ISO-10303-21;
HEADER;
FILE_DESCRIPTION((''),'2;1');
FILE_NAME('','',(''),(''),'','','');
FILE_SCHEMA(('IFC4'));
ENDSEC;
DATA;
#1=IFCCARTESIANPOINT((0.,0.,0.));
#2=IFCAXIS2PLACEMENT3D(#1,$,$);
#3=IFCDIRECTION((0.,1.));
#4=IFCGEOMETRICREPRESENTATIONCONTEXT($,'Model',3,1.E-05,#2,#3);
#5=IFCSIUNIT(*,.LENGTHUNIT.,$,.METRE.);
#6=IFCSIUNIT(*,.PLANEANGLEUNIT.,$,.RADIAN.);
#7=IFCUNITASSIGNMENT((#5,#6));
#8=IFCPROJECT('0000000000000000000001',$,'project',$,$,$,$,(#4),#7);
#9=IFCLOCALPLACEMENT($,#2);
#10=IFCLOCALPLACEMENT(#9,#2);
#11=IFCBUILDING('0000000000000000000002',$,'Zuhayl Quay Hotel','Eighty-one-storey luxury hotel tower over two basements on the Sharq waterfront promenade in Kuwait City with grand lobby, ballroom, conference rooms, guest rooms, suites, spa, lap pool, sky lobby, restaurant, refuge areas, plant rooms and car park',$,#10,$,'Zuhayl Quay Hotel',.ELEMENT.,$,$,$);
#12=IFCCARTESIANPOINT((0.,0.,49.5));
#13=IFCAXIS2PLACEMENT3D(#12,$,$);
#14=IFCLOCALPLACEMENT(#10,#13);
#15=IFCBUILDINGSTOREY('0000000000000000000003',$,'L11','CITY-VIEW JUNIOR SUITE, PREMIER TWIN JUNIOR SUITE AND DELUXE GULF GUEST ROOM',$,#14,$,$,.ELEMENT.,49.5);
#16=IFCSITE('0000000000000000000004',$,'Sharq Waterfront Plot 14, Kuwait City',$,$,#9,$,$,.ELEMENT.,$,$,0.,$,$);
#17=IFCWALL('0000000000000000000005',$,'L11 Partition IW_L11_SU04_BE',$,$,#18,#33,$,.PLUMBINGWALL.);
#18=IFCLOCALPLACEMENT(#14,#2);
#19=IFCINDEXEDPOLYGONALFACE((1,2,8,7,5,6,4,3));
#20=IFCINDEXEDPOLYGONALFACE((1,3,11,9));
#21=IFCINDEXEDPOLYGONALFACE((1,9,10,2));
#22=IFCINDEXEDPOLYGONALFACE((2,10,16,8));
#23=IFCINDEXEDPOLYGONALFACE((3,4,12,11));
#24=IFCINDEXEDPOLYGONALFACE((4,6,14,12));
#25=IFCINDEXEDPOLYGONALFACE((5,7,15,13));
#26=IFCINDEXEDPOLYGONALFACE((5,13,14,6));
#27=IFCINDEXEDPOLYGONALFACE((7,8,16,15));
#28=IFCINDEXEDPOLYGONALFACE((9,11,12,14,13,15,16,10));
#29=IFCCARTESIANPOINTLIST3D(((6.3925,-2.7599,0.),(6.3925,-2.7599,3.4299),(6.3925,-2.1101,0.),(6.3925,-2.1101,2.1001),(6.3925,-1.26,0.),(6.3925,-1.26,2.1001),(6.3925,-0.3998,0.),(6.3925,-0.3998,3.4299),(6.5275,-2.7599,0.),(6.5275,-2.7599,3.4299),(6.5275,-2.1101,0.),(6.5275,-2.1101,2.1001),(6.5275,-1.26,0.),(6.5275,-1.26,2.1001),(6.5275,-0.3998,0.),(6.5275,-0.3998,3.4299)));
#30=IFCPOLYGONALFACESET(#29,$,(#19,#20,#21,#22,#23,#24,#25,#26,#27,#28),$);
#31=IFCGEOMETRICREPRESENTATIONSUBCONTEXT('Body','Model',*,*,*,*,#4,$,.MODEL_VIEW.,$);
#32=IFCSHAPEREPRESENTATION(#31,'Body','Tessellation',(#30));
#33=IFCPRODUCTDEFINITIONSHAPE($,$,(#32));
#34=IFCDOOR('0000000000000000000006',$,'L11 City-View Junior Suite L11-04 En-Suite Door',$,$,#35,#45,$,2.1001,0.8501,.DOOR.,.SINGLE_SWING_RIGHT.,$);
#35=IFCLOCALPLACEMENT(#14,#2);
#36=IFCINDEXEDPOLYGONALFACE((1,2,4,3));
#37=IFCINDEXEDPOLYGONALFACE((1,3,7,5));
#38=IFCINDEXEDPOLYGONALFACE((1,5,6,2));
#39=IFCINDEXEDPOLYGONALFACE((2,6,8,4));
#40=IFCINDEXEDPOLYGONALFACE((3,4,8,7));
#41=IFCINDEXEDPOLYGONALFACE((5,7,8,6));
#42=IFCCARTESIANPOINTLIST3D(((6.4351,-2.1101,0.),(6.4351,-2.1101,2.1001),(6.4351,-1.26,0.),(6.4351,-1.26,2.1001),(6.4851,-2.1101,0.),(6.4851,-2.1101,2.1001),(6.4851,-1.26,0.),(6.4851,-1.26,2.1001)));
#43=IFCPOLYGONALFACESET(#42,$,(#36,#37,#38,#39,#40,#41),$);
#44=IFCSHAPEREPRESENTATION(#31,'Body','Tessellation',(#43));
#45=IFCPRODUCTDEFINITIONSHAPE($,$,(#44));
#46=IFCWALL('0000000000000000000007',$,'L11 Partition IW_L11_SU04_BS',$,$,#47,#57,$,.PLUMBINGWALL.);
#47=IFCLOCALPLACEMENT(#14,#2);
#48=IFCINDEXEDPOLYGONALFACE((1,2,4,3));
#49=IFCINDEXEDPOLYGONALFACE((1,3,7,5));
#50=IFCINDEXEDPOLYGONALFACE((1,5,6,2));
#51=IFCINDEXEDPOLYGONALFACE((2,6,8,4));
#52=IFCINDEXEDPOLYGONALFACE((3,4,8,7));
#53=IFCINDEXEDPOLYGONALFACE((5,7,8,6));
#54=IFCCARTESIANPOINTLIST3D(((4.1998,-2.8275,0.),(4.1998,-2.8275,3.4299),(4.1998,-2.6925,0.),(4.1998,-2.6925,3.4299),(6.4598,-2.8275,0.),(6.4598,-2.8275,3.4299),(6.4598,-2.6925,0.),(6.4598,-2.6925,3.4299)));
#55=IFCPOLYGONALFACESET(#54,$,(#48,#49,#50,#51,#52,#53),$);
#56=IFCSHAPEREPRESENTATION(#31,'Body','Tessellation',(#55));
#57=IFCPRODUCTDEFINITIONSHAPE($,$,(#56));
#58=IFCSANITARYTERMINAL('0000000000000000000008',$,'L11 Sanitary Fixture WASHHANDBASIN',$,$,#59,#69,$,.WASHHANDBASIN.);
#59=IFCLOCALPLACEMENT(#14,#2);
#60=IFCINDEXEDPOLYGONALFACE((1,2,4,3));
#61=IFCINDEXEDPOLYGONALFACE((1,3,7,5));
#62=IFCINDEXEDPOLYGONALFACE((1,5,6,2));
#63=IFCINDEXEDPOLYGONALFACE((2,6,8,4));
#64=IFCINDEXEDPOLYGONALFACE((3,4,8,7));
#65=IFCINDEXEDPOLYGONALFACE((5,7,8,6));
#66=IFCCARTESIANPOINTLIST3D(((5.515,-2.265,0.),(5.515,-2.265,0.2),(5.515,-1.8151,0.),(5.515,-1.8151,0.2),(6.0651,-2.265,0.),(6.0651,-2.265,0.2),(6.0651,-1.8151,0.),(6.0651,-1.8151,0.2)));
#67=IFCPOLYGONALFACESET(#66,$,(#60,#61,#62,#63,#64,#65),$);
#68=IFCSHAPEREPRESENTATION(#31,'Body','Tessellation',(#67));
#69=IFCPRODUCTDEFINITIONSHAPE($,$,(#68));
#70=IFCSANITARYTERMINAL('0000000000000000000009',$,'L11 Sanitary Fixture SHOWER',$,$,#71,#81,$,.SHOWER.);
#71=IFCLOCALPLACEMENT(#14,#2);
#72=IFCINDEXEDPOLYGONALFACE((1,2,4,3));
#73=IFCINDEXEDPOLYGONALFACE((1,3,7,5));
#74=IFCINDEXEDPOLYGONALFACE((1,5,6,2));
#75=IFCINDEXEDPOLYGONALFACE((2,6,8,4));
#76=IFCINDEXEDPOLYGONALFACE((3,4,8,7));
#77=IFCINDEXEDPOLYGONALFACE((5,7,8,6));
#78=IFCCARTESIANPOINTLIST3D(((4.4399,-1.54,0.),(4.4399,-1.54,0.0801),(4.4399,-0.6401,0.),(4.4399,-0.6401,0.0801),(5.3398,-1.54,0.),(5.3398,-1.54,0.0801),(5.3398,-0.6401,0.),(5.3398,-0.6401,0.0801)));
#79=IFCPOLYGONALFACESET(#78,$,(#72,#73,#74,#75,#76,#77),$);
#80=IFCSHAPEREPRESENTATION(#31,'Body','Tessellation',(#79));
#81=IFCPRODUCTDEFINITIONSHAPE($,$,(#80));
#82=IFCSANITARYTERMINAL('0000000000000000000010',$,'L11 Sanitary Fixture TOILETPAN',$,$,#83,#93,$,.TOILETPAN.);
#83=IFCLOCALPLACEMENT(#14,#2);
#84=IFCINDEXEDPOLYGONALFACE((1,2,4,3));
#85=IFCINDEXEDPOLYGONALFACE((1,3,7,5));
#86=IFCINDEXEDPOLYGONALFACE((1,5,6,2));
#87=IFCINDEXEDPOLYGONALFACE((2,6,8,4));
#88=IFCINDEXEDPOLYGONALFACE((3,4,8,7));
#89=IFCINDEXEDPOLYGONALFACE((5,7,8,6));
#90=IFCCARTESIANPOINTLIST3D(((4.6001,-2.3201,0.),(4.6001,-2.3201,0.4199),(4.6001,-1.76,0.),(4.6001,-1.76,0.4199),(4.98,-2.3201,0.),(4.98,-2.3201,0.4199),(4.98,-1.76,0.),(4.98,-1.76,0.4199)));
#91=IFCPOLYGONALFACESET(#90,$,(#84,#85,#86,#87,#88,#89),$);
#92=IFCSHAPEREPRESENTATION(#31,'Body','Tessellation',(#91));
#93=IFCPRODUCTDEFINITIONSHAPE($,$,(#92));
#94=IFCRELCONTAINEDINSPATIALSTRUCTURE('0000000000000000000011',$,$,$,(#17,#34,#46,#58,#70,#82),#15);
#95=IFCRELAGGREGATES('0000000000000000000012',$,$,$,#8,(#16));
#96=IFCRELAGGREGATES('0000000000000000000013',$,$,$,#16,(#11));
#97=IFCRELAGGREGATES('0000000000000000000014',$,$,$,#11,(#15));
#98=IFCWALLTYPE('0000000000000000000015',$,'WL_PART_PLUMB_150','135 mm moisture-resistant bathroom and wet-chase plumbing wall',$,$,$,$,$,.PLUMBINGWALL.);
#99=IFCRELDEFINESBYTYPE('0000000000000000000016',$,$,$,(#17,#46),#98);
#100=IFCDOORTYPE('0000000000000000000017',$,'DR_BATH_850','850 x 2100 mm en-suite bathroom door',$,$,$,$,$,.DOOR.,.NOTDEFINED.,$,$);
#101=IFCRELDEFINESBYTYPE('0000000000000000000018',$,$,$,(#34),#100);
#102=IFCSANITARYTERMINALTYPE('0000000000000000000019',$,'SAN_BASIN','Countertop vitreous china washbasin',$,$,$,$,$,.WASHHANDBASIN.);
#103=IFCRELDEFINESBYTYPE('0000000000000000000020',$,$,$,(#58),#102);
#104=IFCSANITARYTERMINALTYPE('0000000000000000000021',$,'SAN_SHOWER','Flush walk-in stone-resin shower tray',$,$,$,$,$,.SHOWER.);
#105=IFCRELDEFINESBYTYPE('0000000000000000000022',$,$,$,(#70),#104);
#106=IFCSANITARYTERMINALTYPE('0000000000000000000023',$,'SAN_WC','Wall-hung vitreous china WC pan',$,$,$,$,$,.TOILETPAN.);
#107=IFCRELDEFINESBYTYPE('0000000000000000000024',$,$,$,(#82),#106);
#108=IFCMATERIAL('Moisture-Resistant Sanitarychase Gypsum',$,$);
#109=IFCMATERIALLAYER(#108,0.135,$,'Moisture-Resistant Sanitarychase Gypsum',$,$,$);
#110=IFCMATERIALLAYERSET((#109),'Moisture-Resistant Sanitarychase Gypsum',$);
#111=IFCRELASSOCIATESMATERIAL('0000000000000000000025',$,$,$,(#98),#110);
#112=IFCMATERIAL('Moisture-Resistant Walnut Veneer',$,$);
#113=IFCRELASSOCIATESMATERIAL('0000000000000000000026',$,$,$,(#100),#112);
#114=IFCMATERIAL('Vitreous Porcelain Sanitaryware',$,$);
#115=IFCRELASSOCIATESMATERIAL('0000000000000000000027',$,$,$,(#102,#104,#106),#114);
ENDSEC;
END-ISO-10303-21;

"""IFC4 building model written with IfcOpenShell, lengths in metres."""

from ifc_helpers import new_model, si_unit, direction, frame, frame_2d, origin, origin_2d, place, context, subcontext, project, spatial, rectangle, extrude, material, layer, layer_set, type_object, element, fill, save


model = new_model("IFC4")

# Units and contexts
model_context = context("Model", 3, precision=1e-05, world=origin(), true_north=direction((0.0, 1.0)))
body_context = subcontext(model_context, "Body", "Model", "MODEL_VIEW")
ifc_project = project(units=[si_unit("LENGTHUNIT", "METRE"), si_unit("PLANEANGLEUNIT", "RADIAN")], contexts=[model_context])

# Site, building, storey
site_placement = place(None, origin())
site = spatial("IfcSite", under=ifc_project, at=site_placement, Name="Sharq Waterfront Plot 14, Kuwait City", CompositionType="ELEMENT", RefElevation=0.0)
building_placement = place(site_placement, origin())
building = spatial("IfcBuilding", under=site, at=building_placement, Name="Zuhayl Quay Hotel", Description="Eighty-one-storey luxury hotel tower over two basements on the Sharq waterfront promenade in Kuwait City with grand lobby, ballroom, conference rooms, guest rooms, suites, spa, lap pool, sky lobby, restaurant, refuge areas, plant rooms and car park", LongName="Zuhayl Quay Hotel", CompositionType="ELEMENT")
storey_placement = place(building_placement, frame((0.0, 0.0, 49.5)))
storey = spatial("IfcBuildingStorey", under=building, at=storey_placement, Name="L11", Description="CITY-VIEW JUNIOR SUITE, PREMIER TWIN JUNIOR SUITE AND DELUXE GULF GUEST ROOM", CompositionType="ELEMENT", Elevation=49.5)

# Wall, opening, door
ifc_material_1 = material(Name="Moisture-Resistant Sanitarychase Gypsum")
ifc_layer_1 = layer(ifc_material_1, 0.135, Name="Moisture-Resistant Sanitarychase Gypsum")
ifc_layer_set_1 = layer_set([ifc_layer_1], Name="Moisture-Resistant Sanitarychase Gypsum")
wall_type_1 = type_object("IfcWallType", Name="WL_PART_PLUMB_150", Description="135 mm moisture-resistant bathroom and wet-chase plumbing wall", PredefinedType="PLUMBINGWALL", material=ifc_layer_set_1)
wall_1_placement = place(storey_placement, frame((6.46, -2.76, 0.0), z_axis=(0.0, 0.0, 1.0), x_axis=(0.0, 1.0, 0.0)))
wall_1 = element("IfcWall", 1, at=wall_1_placement, inside=storey, type_object=wall_type_1, Name="L11 Partition IW_L11_SU04_BE", PredefinedType="PLUMBINGWALL", context=body_context, shape_type="SweptSolid", body=[
    extrude(rectangle(XDim=2.3601, YDim=0.135, at=frame_2d((1.1802, 0.0))), origin(), (0.0, 0.0, 1.0), 3.4299),
])
opening_1_placement = place(wall_1_placement, frame((0.6499, 0.0, 0.0)))
opening_1 = element("IfcOpeningElement", 2, at=opening_1_placement, cuts=wall_1, PredefinedType="OPENING", context=body_context, shape_type="SweptSolid", body=[
    extrude(rectangle(XDim=0.8501, YDim=2.1001, at=frame_2d((0.425, 1.05))), frame((0.0, 0.0774, 0.0), z_axis=(0.0, -1.0, 0.0), x_axis=(1.0, 0.0, 0.0)), (0.0, 0.0, 1.0), 0.155),
])
ifc_material_2 = material(Name="Moisture-Resistant Walnut Veneer")
door_type_1 = type_object("IfcDoorType", Name="DR_BATH_850", Description="850 x 2100 mm en-suite bathroom door", OperationType="NOTDEFINED", PredefinedType="DOOR", material=ifc_material_2)
door_1_placement = place(opening_1_placement, origin())
door_1 = element("IfcDoor", 3, at=door_1_placement, inside=storey, type_object=door_type_1, Name="L11 City-View Junior Suite L11-04 En-Suite Door", OperationType="SINGLE_SWING_RIGHT", OverallHeight=2.1001, OverallWidth=0.8501, PredefinedType="DOOR", context=body_context, shape_type="SweptSolid", body=[
    extrude(rectangle(XDim=0.8501, YDim=2.1001, at=frame_2d((0.425, 1.05))), frame((0.0, 0.0249, 0.0), z_axis=(0.0, -1.0, 0.0), x_axis=(1.0, 0.0, 0.0)), (0.0, 0.0, 1.0), 0.05),
])
fill(opening_1, door_1)

# Wall
wall_2_placement = place(storey_placement, frame((4.2, -2.76, 0.0), z_axis=(0.0, 0.0, 1.0), x_axis=(1.0, 0.0, 0.0)))
element("IfcWall", 4, at=wall_2_placement, inside=storey, type_object=wall_type_1, Name="L11 Partition IW_L11_SU04_BS", PredefinedType="PLUMBINGWALL", context=body_context, shape_type="SweptSolid", body=[
    extrude(rectangle(XDim=2.26, YDim=0.135, at=frame_2d((1.1299, 0.0))), origin(), (0.0, 0.0, 1.0), 3.4299),
])

# Sanitary terminals
ifc_material_3 = material(Name="Vitreous Porcelain Sanitaryware")
sanitary_terminal_type_1 = type_object("IfcSanitaryTerminalType", Name="SAN_BASIN", Description="Countertop vitreous china washbasin", PredefinedType="WASHHANDBASIN", material=ifc_material_3)
sanitary_terminal_1_placement = place(storey_placement, frame((5.79, -2.04, 0.0), z_axis=(0.0, 0.0, 1.0), x_axis=(1.0, 0.0, 0.0)))
element("IfcSanitaryTerminal", 5, at=sanitary_terminal_1_placement, inside=storey, type_object=sanitary_terminal_type_1, Name="L11 Sanitary Fixture WASHHANDBASIN", PredefinedType="WASHHANDBASIN", context=body_context, shape_type="SweptSolid", body=[
    extrude(rectangle(XDim=0.55, YDim=0.45, at=origin_2d()), origin(), (0.0, 0.0, 1.0), 0.2),
])
sanitary_terminal_type_2 = type_object("IfcSanitaryTerminalType", Name="SAN_SHOWER", Description="Flush walk-in stone-resin shower tray", PredefinedType="SHOWER", material=ifc_material_3)
sanitary_terminal_2_placement = place(storey_placement, frame((4.8899, -1.0901, 0.0), z_axis=(0.0, 0.0, 1.0), x_axis=(1.0, 0.0, 0.0)))
element("IfcSanitaryTerminal", 6, at=sanitary_terminal_2_placement, inside=storey, type_object=sanitary_terminal_type_2, Name="L11 Sanitary Fixture SHOWER", PredefinedType="SHOWER", context=body_context, shape_type="SweptSolid", body=[
    extrude(rectangle(XDim=0.8999, YDim=0.8999, at=origin_2d()), origin(), (0.0, 0.0, 1.0), 0.0801),
])
sanitary_terminal_type_3 = type_object("IfcSanitaryTerminalType", Name="SAN_WC", Description="Wall-hung vitreous china WC pan", PredefinedType="TOILETPAN", material=ifc_material_3)
sanitary_terminal_3_placement = place(storey_placement, frame((4.79, -2.04, 0.0), z_axis=(0.0, 0.0, 1.0), x_axis=(1.0, 0.0, 0.0)))
element("IfcSanitaryTerminal", 7, at=sanitary_terminal_3_placement, inside=storey, type_object=sanitary_terminal_type_3, Name="L11 Sanitary Fixture TOILETPAN", PredefinedType="TOILETPAN", context=body_context, shape_type="SweptSolid", body=[
    extrude(rectangle(XDim=0.3799, YDim=0.5601, at=origin_2d()), origin(), (0.0, 0.0, 1.0), 0.4199),
])

save(model, "model.ifc")
